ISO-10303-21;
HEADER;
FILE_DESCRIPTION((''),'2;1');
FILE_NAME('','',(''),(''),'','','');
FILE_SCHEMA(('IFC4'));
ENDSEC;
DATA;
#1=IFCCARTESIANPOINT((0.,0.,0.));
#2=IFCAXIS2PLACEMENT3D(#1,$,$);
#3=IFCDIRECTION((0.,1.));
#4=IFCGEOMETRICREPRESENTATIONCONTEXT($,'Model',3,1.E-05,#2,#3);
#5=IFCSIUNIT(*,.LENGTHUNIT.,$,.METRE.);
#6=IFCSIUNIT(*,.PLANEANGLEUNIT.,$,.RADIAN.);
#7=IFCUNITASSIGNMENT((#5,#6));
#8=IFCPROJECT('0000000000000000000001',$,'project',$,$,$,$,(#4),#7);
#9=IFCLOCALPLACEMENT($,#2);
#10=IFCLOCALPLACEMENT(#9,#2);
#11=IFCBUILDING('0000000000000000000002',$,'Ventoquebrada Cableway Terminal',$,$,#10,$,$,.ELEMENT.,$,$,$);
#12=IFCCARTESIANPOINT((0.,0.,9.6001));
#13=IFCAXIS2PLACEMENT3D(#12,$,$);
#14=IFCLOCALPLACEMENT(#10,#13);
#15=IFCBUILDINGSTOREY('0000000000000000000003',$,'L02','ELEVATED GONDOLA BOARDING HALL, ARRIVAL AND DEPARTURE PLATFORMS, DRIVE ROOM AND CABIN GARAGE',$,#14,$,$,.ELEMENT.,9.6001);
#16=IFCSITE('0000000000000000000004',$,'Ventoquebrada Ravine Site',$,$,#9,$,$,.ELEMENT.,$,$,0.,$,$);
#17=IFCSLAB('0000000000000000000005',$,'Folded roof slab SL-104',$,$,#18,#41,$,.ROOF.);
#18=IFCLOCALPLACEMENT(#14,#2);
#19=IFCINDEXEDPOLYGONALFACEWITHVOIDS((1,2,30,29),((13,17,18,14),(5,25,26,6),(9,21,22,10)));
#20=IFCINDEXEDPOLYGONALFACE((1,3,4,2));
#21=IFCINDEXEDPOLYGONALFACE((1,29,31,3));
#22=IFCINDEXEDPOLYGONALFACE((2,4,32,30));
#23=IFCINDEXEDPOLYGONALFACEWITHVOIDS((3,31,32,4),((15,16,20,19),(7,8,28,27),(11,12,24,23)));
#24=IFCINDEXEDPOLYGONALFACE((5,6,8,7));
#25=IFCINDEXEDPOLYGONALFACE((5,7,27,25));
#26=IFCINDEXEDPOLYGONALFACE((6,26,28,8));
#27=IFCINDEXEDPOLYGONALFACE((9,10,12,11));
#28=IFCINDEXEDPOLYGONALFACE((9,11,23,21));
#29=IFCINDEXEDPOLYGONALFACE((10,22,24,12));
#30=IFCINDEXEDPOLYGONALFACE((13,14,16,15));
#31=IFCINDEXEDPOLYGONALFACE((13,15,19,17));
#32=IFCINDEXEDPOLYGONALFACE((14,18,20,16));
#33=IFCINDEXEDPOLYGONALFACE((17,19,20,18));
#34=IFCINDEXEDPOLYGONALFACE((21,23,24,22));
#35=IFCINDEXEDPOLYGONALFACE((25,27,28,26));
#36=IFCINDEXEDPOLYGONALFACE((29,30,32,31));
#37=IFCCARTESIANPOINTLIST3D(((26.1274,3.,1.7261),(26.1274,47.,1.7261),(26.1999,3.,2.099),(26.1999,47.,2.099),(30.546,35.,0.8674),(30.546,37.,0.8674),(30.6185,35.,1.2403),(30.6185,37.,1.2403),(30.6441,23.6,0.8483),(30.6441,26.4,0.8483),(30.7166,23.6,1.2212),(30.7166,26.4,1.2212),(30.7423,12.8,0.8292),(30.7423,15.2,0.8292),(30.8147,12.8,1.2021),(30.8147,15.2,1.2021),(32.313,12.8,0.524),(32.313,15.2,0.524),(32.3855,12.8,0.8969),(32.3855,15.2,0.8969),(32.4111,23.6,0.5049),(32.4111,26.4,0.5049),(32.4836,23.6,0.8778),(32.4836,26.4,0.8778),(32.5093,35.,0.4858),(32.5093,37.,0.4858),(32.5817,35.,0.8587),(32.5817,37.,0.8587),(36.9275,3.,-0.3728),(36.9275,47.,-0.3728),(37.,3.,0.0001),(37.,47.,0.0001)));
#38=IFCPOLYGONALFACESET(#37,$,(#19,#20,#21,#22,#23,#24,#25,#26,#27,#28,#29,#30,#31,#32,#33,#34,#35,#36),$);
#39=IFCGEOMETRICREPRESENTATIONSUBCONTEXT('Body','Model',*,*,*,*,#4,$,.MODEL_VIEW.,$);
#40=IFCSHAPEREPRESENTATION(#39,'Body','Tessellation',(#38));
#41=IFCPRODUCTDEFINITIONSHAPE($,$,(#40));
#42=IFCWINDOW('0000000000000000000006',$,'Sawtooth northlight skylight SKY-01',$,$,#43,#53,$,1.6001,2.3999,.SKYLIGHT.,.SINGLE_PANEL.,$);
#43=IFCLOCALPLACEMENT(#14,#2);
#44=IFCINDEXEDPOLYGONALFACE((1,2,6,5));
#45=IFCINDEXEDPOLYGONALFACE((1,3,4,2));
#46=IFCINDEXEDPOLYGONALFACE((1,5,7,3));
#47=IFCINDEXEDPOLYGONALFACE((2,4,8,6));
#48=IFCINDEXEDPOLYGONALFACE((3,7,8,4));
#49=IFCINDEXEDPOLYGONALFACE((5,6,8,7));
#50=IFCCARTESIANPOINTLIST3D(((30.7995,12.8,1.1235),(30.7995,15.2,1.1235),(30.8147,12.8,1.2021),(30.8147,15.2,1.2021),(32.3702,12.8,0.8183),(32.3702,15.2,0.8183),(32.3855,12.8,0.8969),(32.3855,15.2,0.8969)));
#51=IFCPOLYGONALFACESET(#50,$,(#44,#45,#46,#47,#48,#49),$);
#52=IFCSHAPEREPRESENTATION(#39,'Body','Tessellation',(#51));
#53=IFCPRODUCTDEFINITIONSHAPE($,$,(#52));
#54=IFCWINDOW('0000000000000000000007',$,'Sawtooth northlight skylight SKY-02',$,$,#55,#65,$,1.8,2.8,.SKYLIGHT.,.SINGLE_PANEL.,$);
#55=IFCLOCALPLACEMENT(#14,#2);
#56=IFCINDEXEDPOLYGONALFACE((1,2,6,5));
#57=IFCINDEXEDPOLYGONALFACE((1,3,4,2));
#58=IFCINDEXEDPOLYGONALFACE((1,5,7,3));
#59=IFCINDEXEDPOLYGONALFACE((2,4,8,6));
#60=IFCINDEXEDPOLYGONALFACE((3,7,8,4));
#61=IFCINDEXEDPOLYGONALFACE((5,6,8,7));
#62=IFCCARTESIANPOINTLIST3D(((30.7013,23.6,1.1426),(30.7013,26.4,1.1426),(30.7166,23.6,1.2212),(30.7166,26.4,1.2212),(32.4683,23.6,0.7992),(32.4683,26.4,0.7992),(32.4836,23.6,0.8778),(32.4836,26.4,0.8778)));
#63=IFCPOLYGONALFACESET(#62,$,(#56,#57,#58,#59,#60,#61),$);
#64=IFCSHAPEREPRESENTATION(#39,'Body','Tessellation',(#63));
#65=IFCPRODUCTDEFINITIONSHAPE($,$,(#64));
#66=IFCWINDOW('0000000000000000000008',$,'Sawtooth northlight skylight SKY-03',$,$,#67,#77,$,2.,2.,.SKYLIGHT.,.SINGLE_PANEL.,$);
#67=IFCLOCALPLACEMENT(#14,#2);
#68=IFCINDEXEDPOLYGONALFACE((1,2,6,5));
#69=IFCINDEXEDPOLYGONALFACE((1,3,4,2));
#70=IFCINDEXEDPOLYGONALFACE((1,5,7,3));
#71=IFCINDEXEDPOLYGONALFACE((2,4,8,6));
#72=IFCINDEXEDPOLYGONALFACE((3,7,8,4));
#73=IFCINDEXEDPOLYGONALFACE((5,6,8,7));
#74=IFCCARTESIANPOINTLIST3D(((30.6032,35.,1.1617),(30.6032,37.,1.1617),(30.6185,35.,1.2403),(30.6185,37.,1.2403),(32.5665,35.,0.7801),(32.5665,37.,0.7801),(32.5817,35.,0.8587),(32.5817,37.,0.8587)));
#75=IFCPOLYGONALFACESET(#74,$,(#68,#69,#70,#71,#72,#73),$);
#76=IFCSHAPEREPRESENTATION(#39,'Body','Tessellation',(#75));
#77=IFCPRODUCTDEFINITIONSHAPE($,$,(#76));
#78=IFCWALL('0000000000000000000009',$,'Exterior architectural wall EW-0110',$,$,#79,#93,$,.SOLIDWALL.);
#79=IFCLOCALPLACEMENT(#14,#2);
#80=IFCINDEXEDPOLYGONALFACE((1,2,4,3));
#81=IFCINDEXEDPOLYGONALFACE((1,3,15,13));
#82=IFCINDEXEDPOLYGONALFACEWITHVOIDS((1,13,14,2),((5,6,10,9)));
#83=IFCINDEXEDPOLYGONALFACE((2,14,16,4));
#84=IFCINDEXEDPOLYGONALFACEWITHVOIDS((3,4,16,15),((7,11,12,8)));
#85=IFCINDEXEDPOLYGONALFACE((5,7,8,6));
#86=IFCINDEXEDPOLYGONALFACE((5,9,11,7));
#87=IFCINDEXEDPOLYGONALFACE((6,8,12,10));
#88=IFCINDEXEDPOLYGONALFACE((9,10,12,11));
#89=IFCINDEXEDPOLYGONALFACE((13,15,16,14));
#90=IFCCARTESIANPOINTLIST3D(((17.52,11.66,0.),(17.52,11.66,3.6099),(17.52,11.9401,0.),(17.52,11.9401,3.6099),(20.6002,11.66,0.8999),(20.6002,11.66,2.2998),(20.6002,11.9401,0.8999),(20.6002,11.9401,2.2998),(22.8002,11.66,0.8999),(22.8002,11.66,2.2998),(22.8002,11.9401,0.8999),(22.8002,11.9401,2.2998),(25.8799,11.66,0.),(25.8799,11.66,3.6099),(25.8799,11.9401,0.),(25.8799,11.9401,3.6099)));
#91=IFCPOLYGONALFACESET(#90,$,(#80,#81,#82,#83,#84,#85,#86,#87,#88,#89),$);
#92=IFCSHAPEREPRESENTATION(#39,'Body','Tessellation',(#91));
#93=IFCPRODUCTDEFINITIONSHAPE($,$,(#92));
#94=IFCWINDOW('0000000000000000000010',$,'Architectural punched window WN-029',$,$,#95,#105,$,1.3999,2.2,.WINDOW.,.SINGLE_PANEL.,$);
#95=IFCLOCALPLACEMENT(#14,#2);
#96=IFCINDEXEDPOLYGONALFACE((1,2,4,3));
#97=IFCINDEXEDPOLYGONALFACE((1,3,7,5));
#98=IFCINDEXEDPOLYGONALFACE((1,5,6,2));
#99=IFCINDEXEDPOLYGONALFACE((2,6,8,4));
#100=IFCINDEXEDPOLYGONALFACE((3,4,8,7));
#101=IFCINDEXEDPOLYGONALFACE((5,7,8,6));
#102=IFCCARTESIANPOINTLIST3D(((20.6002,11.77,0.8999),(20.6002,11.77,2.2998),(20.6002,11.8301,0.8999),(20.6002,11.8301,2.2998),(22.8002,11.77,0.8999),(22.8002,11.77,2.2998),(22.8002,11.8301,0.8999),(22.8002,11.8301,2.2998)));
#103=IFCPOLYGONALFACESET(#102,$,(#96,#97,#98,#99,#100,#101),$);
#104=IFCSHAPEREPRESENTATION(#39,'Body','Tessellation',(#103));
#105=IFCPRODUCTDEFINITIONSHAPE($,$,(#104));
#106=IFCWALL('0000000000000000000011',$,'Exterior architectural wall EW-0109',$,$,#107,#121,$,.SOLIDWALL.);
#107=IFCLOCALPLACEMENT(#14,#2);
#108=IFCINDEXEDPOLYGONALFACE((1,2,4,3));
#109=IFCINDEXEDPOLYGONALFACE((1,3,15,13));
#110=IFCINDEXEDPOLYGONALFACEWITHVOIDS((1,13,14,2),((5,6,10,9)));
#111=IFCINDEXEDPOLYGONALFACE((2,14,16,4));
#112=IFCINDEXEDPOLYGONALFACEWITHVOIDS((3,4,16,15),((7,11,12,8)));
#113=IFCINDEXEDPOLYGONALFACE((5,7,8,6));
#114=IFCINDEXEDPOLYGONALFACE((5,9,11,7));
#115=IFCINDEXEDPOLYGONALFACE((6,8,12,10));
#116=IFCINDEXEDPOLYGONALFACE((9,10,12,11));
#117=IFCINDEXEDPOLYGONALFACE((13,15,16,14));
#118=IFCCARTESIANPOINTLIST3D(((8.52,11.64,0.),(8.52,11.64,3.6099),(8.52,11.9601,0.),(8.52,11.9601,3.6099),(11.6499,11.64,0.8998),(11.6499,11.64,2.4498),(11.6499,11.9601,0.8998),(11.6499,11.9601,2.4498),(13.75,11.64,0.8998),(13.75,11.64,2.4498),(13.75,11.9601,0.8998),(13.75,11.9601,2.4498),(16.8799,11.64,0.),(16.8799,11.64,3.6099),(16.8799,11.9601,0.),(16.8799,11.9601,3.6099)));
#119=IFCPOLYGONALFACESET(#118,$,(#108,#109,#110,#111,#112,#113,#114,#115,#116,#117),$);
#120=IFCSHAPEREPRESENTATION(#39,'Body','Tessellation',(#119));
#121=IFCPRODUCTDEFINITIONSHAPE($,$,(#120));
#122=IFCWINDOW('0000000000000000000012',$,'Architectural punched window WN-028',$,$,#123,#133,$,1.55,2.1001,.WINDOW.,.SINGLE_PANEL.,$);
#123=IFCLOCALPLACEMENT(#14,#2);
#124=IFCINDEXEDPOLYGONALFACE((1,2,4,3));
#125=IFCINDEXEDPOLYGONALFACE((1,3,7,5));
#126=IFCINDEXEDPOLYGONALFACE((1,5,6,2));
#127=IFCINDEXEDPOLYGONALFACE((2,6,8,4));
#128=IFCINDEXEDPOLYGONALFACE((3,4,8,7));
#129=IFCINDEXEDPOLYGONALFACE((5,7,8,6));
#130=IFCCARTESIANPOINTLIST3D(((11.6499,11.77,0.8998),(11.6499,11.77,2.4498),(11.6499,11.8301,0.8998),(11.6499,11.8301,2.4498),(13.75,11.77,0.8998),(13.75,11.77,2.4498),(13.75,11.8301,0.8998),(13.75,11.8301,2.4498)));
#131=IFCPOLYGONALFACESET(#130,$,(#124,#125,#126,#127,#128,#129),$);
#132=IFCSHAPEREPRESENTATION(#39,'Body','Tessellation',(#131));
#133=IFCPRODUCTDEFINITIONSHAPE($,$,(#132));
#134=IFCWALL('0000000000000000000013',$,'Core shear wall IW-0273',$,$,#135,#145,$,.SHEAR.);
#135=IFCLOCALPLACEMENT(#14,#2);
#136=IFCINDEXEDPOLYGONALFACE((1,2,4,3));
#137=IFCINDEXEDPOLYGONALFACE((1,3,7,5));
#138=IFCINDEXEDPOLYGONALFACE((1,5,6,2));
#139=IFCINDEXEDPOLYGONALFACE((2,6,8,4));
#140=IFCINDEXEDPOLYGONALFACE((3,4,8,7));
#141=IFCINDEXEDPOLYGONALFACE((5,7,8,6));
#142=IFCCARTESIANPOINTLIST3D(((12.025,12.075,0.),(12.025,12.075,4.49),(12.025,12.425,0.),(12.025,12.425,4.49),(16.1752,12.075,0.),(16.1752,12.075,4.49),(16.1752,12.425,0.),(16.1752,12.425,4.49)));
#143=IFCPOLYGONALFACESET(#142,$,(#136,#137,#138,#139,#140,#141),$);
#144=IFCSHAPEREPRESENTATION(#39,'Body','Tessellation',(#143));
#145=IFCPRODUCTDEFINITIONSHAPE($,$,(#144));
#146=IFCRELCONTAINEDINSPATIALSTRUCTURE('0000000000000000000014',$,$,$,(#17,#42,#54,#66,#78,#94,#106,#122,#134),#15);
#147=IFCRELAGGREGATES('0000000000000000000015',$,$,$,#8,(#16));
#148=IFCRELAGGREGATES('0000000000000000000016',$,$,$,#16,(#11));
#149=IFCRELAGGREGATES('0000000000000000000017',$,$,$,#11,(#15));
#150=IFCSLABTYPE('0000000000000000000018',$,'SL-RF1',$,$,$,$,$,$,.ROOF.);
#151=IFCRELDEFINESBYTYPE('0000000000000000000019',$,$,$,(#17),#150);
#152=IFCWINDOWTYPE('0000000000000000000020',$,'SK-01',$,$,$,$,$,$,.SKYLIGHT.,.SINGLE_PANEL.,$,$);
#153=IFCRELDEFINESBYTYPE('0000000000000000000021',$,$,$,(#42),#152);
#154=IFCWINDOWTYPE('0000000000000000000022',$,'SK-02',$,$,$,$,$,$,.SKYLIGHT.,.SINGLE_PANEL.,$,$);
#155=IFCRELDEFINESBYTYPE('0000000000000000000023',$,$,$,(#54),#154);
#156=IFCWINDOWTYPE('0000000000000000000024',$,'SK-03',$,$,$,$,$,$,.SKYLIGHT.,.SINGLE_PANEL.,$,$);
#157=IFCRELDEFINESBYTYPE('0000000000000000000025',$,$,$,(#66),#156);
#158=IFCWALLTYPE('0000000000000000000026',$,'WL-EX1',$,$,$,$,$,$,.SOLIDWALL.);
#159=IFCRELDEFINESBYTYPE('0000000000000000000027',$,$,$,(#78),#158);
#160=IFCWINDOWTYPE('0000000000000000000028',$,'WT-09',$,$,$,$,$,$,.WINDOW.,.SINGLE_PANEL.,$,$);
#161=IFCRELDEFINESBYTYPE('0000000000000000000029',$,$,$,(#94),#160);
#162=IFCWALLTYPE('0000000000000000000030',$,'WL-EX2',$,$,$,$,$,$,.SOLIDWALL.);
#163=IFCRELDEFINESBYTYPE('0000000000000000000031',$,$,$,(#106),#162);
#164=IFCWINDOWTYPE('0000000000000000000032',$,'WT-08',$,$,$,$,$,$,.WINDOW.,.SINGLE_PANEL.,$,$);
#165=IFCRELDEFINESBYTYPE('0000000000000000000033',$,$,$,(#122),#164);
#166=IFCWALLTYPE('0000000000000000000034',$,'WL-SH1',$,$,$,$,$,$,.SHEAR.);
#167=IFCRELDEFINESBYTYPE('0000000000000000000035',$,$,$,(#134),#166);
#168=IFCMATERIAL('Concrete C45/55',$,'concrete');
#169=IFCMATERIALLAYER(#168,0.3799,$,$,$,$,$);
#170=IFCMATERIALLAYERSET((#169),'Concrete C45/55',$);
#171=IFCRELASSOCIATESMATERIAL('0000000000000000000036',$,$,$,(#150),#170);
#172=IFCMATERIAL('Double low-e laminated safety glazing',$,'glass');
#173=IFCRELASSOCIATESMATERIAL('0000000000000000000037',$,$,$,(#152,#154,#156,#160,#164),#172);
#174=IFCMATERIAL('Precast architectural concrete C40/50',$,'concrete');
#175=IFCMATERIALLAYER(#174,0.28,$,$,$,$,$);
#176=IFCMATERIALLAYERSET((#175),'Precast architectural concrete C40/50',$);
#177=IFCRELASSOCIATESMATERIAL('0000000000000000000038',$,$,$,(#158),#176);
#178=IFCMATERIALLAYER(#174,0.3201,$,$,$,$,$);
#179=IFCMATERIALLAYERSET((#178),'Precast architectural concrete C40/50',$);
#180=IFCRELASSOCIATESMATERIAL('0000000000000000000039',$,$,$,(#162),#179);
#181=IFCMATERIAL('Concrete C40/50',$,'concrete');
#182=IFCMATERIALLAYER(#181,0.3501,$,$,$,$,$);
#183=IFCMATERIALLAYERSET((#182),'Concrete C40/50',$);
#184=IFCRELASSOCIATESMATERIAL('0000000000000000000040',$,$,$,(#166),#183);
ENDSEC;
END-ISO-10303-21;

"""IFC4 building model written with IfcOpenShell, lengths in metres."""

from ifc_helpers import new_model, si_unit, direction, frame, frame_2d, origin, origin_2d, place, context, subcontext, project, spatial, polyline, rectangle, outline, extrude, material, layer, layer_set, type_object, element, fill, save


model = new_model("IFC4")

# Units and contexts
model_context = context("Model", 3, precision=1e-05, world=origin(), true_north=direction((0.0, 1.0)))
body_context = subcontext(model_context, "Body", "Model", "MODEL_VIEW")
ifc_project = project(units=[si_unit("LENGTHUNIT", "METRE"), si_unit("PLANEANGLEUNIT", "RADIAN")], contexts=[model_context])

# Site, building, storey
site_placement = place(None, origin())
site = spatial("IfcSite", under=ifc_project, at=site_placement, Name="Ventoquebrada Ravine Site", CompositionType="ELEMENT", RefElevation=0.0)
building_placement = place(site_placement, origin())
building = spatial("IfcBuilding", under=site, at=building_placement, Name="Ventoquebrada Cableway Terminal", CompositionType="ELEMENT")
storey_placement = place(building_placement, frame((0.0, 0.0, 9.6001)))
storey = spatial("IfcBuildingStorey", under=building, at=storey_placement, Name="L02", Description="ELEVATED GONDOLA BOARDING HALL, ARRIVAL AND DEPARTURE PLATFORMS, DRIVE ROOM AND CABIN GARAGE", CompositionType="ELEMENT", Elevation=9.6001)

# Shared definitions
ifc_material_1 = material(Name="Concrete C40/50", Category="concrete")

# Slab, openings, windows
ifc_material_2 = material(Name="Concrete C45/55", Category="concrete")
ifc_layer_1 = layer(ifc_material_2, 0.3799)
ifc_layer_set_1 = layer_set([ifc_layer_1], Name="Concrete C45/55")
slab_type = type_object("IfcSlabType", Name="SL-RF1", PredefinedType="ROOF", material=ifc_layer_set_1)
slab_placement = place(storey_placement, frame((26.1274, 3.0, 1.7261), z_axis=(0.19077, 0.0, 0.981635), x_axis=(0.981635, 0.0, -0.19077)))
slab = element("IfcSlab", 1, at=slab_placement, inside=storey, type_object=slab_type, Name="Folded roof slab SL-104", PredefinedType="ROOF", context=body_context, shape_type="SweptSolid", body=[
    extrude(outline(polyline([(0.0, 0.0), (11.0021, 0.0), (11.0021, 44.0), (0.0, 44.0), (0.0, 0.0)])), origin(), (0.0, 0.0, 1.0), 0.3799),
])
opening_1_placement = place(slab_placement, frame((5.5012, 11.0, -0.01), z_axis=(0.0, 0.0, 1.0), x_axis=(0.0, 1.0, 0.0)))
opening_1 = element("IfcOpeningElement", 2, at=opening_1_placement, cuts=slab, PredefinedType="OPENING", context=body_context, shape_type="SweptSolid", body=[
    extrude(rectangle(XDim=2.3999, YDim=1.6001, at=origin_2d()), origin(), (0.0, 0.0, 1.0), 0.3999),
])
opening_2_placement = place(slab_placement, frame((5.5012, 22.0, -0.01), z_axis=(0.0, 0.0, 1.0), x_axis=(0.0, 1.0, 0.0)))
opening_2 = element("IfcOpeningElement", 3, at=opening_2_placement, cuts=slab, PredefinedType="OPENING", context=body_context, shape_type="SweptSolid", body=[
    extrude(rectangle(XDim=2.8, YDim=1.8, at=origin_2d()), origin(), (0.0, 0.0, 1.0), 0.3999),
])
opening_3_placement = place(slab_placement, frame((5.5012, 33.0, -0.01), z_axis=(0.0, 0.0, 1.0), x_axis=(1.0, 0.0, 0.0)))
opening_3 = element("IfcOpeningElement", 4, at=opening_3_placement, cuts=slab, PredefinedType="OPENING", context=body_context, shape_type="SweptSolid", body=[
    extrude(rectangle(XDim=2.0, YDim=2.0, at=origin_2d()), origin(), (0.0, 0.0, 1.0), 0.3999),
])
ifc_material_3 = material(Name="Double low-e laminated safety glazing", Category="glass")
window_type_1 = type_object("IfcWindowType", Name="SK-01", PartitioningType="SINGLE_PANEL", PredefinedType="SKYLIGHT", material=ifc_material_3)
window_1_placement = place(opening_1_placement, frame((0.0, 0.0, 0.3098)))
window_1 = element("IfcWindow", 5, at=window_1_placement, inside=storey, type_object=window_type_1, Name="Sawtooth northlight skylight SKY-01", OverallHeight=1.6001, OverallWidth=2.3999, PartitioningType="SINGLE_PANEL", PredefinedType="SKYLIGHT", context=body_context, shape_type="SweptSolid", body=[
    extrude(rectangle(XDim=2.3999, YDim=1.6001, at=origin_2d()), origin(), (0.0, 0.0, 1.0), 0.0801),
])
fill(opening_1, window_1)
window_type_2 = type_object("IfcWindowType", Name="SK-02", PartitioningType="SINGLE_PANEL", PredefinedType="SKYLIGHT", material=ifc_material_3)
window_2_placement = place(opening_2_placement, frame((0.0, 0.0, 0.3098)))
window_2 = element("IfcWindow", 6, at=window_2_placement, inside=storey, type_object=window_type_2, Name="Sawtooth northlight skylight SKY-02", OverallHeight=1.8, OverallWidth=2.8, PartitioningType="SINGLE_PANEL", PredefinedType="SKYLIGHT", context=body_context, shape_type="SweptSolid", body=[
    extrude(rectangle(XDim=2.8, YDim=1.8, at=origin_2d()), origin(), (0.0, 0.0, 1.0), 0.0801),
])
fill(opening_2, window_2)
window_type_3 = type_object("IfcWindowType", Name="SK-03", PartitioningType="SINGLE_PANEL", PredefinedType="SKYLIGHT", material=ifc_material_3)
window_3_placement = place(opening_3_placement, frame((0.0, 0.0, 0.3098)))
window_3 = element("IfcWindow", 7, at=window_3_placement, inside=storey, type_object=window_type_3, Name="Sawtooth northlight skylight SKY-03", OverallHeight=2.0, OverallWidth=2.0, PartitioningType="SINGLE_PANEL", PredefinedType="SKYLIGHT", context=body_context, shape_type="SweptSolid", body=[
    extrude(rectangle(XDim=2.0, YDim=2.0, at=origin_2d()), origin(), (0.0, 0.0, 1.0), 0.0801),
])
fill(opening_3, window_3)

# Walls, openings, windows
ifc_material_4 = material(Name="Precast architectural concrete C40/50", Category="concrete")
ifc_layer_2 = layer(ifc_material_4, 0.28)
ifc_layer_set_2 = layer_set([ifc_layer_2], Name="Precast architectural concrete C40/50")
wall_type_1 = type_object("IfcWallType", Name="WL-EX1", PredefinedType="SOLIDWALL", material=ifc_layer_set_2)
wall_1_placement = place(storey_placement, frame((17.52, 11.8, 0.0), z_axis=(0.0, 0.0, 1.0), x_axis=(1.0, 0.0, 0.0)))
wall_1 = element("IfcWall", 8, at=wall_1_placement, inside=storey, type_object=wall_type_1, Name="Exterior architectural wall EW-0110", PredefinedType="SOLIDWALL", context=body_context, shape_type="SweptSolid", body=[
    extrude(rectangle(XDim=8.3599, YDim=0.28, at=frame_2d((4.1799, 0.0))), origin(), (0.0, 0.0, 1.0), 3.6099),
])
opening_4_placement = place(wall_1_placement, frame((3.0801, 0.0, 0.8999)))
opening_4 = element("IfcOpeningElement", 9, at=opening_4_placement, cuts=wall_1, PredefinedType="OPENING", context=body_context, shape_type="SweptSolid", body=[
    extrude(rectangle(XDim=2.2, YDim=1.3999, at=frame_2d((1.1001, 0.7))), frame((0.0, 0.1499, 0.0), z_axis=(0.0, -1.0, 0.0), x_axis=(1.0, 0.0, 0.0)), (0.0, 0.0, 1.0), 0.3),
])
window_type_4 = type_object("IfcWindowType", Name="WT-09", PartitioningType="SINGLE_PANEL", PredefinedType="WINDOW", material=ifc_material_3)
window_4_placement = place(opening_4_placement, origin())
window_4 = element("IfcWindow", 10, at=window_4_placement, inside=storey, type_object=window_type_4, Name="Architectural punched window WN-029", OverallHeight=1.3999, OverallWidth=2.2, PartitioningType="SINGLE_PANEL", PredefinedType="WINDOW", context=body_context, shape_type="SweptSolid", body=[
    extrude(rectangle(XDim=2.2, YDim=1.3999, at=frame_2d((1.1001, 0.7))), frame((0.0, 0.03, 0.0), z_axis=(0.0, -1.0, 0.0), x_axis=(1.0, 0.0, 0.0)), (0.0, 0.0, 1.0), 0.0601),
])
fill(opening_4, window_4)
ifc_layer_3 = layer(ifc_material_4, 0.3201)
ifc_layer_set_3 = layer_set([ifc_layer_3], Name="Precast architectural concrete C40/50")
wall_type_2 = type_object("IfcWallType", Name="WL-EX2", PredefinedType="SOLIDWALL", material=ifc_layer_set_3)
wall_2_placement = place(storey_placement, frame((8.52, 11.8, 0.0), z_axis=(0.0, 0.0, 1.0), x_axis=(1.0, 0.0, 0.0)))
wall_2 = element("IfcWall", 11, at=wall_2_placement, inside=storey, type_object=wall_type_2, Name="Exterior architectural wall EW-0109", PredefinedType="SOLIDWALL", context=body_context, shape_type="SweptSolid", body=[
    extrude(rectangle(XDim=8.3599, YDim=0.3201, at=frame_2d((4.1799, 0.0))), origin(), (0.0, 0.0, 1.0), 3.6099),
])
opening_5_placement = place(wall_2_placement, frame((3.1299, 0.0, 0.8999)))
opening_5 = element("IfcOpeningElement", 12, at=opening_5_placement, cuts=wall_2, PredefinedType="OPENING", context=body_context, shape_type="SweptSolid", body=[
    extrude(rectangle(XDim=2.1001, YDim=1.55, at=frame_2d((1.05, 0.7749))), frame((0.0, 0.1699, 0.0), z_axis=(0.0, -1.0, 0.0), x_axis=(1.0, 0.0, 0.0)), (0.0, 0.0, 1.0), 0.3401),
])
window_type_5 = type_object("IfcWindowType", Name="WT-08", PartitioningType="SINGLE_PANEL", PredefinedType="WINDOW", material=ifc_material_3)
window_5_placement = place(opening_5_placement, origin())
window_5 = element("IfcWindow", 13, at=window_5_placement, inside=storey, type_object=window_type_5, Name="Architectural punched window WN-028", OverallHeight=1.55, OverallWidth=2.1001, PartitioningType="SINGLE_PANEL", PredefinedType="WINDOW", context=body_context, shape_type="SweptSolid", body=[
    extrude(rectangle(XDim=2.1001, YDim=1.55, at=frame_2d((1.05, 0.7749))), frame((0.0, 0.03, 0.0), z_axis=(0.0, -1.0, 0.0), x_axis=(1.0, 0.0, 0.0)), (0.0, 0.0, 1.0), 0.0601),
])
fill(opening_5, window_5)

# Wall
ifc_layer_4 = layer(ifc_material_1, 0.3501)
ifc_layer_set_4 = layer_set([ifc_layer_4], Name="Concrete C40/50")
wall_type_3 = type_object("IfcWallType", Name="WL-SH1", PredefinedType="SHEAR", material=ifc_layer_set_4)
wall_3_placement = place(storey_placement, frame((12.0249, 12.25, 0.0), z_axis=(0.0, 0.0, 1.0), x_axis=(1.0, 0.0, 0.0)))
element("IfcWall", 14, at=wall_3_placement, inside=storey, type_object=wall_type_3, Name="Core shear wall IW-0273", PredefinedType="SHEAR", context=body_context, shape_type="SweptSolid", body=[
    extrude(rectangle(XDim=4.1501, YDim=0.3501, at=frame_2d((2.0752, 0.0))), origin(), (0.0, 0.0, 1.0), 4.49),
])

save(model, "model.ifc")
